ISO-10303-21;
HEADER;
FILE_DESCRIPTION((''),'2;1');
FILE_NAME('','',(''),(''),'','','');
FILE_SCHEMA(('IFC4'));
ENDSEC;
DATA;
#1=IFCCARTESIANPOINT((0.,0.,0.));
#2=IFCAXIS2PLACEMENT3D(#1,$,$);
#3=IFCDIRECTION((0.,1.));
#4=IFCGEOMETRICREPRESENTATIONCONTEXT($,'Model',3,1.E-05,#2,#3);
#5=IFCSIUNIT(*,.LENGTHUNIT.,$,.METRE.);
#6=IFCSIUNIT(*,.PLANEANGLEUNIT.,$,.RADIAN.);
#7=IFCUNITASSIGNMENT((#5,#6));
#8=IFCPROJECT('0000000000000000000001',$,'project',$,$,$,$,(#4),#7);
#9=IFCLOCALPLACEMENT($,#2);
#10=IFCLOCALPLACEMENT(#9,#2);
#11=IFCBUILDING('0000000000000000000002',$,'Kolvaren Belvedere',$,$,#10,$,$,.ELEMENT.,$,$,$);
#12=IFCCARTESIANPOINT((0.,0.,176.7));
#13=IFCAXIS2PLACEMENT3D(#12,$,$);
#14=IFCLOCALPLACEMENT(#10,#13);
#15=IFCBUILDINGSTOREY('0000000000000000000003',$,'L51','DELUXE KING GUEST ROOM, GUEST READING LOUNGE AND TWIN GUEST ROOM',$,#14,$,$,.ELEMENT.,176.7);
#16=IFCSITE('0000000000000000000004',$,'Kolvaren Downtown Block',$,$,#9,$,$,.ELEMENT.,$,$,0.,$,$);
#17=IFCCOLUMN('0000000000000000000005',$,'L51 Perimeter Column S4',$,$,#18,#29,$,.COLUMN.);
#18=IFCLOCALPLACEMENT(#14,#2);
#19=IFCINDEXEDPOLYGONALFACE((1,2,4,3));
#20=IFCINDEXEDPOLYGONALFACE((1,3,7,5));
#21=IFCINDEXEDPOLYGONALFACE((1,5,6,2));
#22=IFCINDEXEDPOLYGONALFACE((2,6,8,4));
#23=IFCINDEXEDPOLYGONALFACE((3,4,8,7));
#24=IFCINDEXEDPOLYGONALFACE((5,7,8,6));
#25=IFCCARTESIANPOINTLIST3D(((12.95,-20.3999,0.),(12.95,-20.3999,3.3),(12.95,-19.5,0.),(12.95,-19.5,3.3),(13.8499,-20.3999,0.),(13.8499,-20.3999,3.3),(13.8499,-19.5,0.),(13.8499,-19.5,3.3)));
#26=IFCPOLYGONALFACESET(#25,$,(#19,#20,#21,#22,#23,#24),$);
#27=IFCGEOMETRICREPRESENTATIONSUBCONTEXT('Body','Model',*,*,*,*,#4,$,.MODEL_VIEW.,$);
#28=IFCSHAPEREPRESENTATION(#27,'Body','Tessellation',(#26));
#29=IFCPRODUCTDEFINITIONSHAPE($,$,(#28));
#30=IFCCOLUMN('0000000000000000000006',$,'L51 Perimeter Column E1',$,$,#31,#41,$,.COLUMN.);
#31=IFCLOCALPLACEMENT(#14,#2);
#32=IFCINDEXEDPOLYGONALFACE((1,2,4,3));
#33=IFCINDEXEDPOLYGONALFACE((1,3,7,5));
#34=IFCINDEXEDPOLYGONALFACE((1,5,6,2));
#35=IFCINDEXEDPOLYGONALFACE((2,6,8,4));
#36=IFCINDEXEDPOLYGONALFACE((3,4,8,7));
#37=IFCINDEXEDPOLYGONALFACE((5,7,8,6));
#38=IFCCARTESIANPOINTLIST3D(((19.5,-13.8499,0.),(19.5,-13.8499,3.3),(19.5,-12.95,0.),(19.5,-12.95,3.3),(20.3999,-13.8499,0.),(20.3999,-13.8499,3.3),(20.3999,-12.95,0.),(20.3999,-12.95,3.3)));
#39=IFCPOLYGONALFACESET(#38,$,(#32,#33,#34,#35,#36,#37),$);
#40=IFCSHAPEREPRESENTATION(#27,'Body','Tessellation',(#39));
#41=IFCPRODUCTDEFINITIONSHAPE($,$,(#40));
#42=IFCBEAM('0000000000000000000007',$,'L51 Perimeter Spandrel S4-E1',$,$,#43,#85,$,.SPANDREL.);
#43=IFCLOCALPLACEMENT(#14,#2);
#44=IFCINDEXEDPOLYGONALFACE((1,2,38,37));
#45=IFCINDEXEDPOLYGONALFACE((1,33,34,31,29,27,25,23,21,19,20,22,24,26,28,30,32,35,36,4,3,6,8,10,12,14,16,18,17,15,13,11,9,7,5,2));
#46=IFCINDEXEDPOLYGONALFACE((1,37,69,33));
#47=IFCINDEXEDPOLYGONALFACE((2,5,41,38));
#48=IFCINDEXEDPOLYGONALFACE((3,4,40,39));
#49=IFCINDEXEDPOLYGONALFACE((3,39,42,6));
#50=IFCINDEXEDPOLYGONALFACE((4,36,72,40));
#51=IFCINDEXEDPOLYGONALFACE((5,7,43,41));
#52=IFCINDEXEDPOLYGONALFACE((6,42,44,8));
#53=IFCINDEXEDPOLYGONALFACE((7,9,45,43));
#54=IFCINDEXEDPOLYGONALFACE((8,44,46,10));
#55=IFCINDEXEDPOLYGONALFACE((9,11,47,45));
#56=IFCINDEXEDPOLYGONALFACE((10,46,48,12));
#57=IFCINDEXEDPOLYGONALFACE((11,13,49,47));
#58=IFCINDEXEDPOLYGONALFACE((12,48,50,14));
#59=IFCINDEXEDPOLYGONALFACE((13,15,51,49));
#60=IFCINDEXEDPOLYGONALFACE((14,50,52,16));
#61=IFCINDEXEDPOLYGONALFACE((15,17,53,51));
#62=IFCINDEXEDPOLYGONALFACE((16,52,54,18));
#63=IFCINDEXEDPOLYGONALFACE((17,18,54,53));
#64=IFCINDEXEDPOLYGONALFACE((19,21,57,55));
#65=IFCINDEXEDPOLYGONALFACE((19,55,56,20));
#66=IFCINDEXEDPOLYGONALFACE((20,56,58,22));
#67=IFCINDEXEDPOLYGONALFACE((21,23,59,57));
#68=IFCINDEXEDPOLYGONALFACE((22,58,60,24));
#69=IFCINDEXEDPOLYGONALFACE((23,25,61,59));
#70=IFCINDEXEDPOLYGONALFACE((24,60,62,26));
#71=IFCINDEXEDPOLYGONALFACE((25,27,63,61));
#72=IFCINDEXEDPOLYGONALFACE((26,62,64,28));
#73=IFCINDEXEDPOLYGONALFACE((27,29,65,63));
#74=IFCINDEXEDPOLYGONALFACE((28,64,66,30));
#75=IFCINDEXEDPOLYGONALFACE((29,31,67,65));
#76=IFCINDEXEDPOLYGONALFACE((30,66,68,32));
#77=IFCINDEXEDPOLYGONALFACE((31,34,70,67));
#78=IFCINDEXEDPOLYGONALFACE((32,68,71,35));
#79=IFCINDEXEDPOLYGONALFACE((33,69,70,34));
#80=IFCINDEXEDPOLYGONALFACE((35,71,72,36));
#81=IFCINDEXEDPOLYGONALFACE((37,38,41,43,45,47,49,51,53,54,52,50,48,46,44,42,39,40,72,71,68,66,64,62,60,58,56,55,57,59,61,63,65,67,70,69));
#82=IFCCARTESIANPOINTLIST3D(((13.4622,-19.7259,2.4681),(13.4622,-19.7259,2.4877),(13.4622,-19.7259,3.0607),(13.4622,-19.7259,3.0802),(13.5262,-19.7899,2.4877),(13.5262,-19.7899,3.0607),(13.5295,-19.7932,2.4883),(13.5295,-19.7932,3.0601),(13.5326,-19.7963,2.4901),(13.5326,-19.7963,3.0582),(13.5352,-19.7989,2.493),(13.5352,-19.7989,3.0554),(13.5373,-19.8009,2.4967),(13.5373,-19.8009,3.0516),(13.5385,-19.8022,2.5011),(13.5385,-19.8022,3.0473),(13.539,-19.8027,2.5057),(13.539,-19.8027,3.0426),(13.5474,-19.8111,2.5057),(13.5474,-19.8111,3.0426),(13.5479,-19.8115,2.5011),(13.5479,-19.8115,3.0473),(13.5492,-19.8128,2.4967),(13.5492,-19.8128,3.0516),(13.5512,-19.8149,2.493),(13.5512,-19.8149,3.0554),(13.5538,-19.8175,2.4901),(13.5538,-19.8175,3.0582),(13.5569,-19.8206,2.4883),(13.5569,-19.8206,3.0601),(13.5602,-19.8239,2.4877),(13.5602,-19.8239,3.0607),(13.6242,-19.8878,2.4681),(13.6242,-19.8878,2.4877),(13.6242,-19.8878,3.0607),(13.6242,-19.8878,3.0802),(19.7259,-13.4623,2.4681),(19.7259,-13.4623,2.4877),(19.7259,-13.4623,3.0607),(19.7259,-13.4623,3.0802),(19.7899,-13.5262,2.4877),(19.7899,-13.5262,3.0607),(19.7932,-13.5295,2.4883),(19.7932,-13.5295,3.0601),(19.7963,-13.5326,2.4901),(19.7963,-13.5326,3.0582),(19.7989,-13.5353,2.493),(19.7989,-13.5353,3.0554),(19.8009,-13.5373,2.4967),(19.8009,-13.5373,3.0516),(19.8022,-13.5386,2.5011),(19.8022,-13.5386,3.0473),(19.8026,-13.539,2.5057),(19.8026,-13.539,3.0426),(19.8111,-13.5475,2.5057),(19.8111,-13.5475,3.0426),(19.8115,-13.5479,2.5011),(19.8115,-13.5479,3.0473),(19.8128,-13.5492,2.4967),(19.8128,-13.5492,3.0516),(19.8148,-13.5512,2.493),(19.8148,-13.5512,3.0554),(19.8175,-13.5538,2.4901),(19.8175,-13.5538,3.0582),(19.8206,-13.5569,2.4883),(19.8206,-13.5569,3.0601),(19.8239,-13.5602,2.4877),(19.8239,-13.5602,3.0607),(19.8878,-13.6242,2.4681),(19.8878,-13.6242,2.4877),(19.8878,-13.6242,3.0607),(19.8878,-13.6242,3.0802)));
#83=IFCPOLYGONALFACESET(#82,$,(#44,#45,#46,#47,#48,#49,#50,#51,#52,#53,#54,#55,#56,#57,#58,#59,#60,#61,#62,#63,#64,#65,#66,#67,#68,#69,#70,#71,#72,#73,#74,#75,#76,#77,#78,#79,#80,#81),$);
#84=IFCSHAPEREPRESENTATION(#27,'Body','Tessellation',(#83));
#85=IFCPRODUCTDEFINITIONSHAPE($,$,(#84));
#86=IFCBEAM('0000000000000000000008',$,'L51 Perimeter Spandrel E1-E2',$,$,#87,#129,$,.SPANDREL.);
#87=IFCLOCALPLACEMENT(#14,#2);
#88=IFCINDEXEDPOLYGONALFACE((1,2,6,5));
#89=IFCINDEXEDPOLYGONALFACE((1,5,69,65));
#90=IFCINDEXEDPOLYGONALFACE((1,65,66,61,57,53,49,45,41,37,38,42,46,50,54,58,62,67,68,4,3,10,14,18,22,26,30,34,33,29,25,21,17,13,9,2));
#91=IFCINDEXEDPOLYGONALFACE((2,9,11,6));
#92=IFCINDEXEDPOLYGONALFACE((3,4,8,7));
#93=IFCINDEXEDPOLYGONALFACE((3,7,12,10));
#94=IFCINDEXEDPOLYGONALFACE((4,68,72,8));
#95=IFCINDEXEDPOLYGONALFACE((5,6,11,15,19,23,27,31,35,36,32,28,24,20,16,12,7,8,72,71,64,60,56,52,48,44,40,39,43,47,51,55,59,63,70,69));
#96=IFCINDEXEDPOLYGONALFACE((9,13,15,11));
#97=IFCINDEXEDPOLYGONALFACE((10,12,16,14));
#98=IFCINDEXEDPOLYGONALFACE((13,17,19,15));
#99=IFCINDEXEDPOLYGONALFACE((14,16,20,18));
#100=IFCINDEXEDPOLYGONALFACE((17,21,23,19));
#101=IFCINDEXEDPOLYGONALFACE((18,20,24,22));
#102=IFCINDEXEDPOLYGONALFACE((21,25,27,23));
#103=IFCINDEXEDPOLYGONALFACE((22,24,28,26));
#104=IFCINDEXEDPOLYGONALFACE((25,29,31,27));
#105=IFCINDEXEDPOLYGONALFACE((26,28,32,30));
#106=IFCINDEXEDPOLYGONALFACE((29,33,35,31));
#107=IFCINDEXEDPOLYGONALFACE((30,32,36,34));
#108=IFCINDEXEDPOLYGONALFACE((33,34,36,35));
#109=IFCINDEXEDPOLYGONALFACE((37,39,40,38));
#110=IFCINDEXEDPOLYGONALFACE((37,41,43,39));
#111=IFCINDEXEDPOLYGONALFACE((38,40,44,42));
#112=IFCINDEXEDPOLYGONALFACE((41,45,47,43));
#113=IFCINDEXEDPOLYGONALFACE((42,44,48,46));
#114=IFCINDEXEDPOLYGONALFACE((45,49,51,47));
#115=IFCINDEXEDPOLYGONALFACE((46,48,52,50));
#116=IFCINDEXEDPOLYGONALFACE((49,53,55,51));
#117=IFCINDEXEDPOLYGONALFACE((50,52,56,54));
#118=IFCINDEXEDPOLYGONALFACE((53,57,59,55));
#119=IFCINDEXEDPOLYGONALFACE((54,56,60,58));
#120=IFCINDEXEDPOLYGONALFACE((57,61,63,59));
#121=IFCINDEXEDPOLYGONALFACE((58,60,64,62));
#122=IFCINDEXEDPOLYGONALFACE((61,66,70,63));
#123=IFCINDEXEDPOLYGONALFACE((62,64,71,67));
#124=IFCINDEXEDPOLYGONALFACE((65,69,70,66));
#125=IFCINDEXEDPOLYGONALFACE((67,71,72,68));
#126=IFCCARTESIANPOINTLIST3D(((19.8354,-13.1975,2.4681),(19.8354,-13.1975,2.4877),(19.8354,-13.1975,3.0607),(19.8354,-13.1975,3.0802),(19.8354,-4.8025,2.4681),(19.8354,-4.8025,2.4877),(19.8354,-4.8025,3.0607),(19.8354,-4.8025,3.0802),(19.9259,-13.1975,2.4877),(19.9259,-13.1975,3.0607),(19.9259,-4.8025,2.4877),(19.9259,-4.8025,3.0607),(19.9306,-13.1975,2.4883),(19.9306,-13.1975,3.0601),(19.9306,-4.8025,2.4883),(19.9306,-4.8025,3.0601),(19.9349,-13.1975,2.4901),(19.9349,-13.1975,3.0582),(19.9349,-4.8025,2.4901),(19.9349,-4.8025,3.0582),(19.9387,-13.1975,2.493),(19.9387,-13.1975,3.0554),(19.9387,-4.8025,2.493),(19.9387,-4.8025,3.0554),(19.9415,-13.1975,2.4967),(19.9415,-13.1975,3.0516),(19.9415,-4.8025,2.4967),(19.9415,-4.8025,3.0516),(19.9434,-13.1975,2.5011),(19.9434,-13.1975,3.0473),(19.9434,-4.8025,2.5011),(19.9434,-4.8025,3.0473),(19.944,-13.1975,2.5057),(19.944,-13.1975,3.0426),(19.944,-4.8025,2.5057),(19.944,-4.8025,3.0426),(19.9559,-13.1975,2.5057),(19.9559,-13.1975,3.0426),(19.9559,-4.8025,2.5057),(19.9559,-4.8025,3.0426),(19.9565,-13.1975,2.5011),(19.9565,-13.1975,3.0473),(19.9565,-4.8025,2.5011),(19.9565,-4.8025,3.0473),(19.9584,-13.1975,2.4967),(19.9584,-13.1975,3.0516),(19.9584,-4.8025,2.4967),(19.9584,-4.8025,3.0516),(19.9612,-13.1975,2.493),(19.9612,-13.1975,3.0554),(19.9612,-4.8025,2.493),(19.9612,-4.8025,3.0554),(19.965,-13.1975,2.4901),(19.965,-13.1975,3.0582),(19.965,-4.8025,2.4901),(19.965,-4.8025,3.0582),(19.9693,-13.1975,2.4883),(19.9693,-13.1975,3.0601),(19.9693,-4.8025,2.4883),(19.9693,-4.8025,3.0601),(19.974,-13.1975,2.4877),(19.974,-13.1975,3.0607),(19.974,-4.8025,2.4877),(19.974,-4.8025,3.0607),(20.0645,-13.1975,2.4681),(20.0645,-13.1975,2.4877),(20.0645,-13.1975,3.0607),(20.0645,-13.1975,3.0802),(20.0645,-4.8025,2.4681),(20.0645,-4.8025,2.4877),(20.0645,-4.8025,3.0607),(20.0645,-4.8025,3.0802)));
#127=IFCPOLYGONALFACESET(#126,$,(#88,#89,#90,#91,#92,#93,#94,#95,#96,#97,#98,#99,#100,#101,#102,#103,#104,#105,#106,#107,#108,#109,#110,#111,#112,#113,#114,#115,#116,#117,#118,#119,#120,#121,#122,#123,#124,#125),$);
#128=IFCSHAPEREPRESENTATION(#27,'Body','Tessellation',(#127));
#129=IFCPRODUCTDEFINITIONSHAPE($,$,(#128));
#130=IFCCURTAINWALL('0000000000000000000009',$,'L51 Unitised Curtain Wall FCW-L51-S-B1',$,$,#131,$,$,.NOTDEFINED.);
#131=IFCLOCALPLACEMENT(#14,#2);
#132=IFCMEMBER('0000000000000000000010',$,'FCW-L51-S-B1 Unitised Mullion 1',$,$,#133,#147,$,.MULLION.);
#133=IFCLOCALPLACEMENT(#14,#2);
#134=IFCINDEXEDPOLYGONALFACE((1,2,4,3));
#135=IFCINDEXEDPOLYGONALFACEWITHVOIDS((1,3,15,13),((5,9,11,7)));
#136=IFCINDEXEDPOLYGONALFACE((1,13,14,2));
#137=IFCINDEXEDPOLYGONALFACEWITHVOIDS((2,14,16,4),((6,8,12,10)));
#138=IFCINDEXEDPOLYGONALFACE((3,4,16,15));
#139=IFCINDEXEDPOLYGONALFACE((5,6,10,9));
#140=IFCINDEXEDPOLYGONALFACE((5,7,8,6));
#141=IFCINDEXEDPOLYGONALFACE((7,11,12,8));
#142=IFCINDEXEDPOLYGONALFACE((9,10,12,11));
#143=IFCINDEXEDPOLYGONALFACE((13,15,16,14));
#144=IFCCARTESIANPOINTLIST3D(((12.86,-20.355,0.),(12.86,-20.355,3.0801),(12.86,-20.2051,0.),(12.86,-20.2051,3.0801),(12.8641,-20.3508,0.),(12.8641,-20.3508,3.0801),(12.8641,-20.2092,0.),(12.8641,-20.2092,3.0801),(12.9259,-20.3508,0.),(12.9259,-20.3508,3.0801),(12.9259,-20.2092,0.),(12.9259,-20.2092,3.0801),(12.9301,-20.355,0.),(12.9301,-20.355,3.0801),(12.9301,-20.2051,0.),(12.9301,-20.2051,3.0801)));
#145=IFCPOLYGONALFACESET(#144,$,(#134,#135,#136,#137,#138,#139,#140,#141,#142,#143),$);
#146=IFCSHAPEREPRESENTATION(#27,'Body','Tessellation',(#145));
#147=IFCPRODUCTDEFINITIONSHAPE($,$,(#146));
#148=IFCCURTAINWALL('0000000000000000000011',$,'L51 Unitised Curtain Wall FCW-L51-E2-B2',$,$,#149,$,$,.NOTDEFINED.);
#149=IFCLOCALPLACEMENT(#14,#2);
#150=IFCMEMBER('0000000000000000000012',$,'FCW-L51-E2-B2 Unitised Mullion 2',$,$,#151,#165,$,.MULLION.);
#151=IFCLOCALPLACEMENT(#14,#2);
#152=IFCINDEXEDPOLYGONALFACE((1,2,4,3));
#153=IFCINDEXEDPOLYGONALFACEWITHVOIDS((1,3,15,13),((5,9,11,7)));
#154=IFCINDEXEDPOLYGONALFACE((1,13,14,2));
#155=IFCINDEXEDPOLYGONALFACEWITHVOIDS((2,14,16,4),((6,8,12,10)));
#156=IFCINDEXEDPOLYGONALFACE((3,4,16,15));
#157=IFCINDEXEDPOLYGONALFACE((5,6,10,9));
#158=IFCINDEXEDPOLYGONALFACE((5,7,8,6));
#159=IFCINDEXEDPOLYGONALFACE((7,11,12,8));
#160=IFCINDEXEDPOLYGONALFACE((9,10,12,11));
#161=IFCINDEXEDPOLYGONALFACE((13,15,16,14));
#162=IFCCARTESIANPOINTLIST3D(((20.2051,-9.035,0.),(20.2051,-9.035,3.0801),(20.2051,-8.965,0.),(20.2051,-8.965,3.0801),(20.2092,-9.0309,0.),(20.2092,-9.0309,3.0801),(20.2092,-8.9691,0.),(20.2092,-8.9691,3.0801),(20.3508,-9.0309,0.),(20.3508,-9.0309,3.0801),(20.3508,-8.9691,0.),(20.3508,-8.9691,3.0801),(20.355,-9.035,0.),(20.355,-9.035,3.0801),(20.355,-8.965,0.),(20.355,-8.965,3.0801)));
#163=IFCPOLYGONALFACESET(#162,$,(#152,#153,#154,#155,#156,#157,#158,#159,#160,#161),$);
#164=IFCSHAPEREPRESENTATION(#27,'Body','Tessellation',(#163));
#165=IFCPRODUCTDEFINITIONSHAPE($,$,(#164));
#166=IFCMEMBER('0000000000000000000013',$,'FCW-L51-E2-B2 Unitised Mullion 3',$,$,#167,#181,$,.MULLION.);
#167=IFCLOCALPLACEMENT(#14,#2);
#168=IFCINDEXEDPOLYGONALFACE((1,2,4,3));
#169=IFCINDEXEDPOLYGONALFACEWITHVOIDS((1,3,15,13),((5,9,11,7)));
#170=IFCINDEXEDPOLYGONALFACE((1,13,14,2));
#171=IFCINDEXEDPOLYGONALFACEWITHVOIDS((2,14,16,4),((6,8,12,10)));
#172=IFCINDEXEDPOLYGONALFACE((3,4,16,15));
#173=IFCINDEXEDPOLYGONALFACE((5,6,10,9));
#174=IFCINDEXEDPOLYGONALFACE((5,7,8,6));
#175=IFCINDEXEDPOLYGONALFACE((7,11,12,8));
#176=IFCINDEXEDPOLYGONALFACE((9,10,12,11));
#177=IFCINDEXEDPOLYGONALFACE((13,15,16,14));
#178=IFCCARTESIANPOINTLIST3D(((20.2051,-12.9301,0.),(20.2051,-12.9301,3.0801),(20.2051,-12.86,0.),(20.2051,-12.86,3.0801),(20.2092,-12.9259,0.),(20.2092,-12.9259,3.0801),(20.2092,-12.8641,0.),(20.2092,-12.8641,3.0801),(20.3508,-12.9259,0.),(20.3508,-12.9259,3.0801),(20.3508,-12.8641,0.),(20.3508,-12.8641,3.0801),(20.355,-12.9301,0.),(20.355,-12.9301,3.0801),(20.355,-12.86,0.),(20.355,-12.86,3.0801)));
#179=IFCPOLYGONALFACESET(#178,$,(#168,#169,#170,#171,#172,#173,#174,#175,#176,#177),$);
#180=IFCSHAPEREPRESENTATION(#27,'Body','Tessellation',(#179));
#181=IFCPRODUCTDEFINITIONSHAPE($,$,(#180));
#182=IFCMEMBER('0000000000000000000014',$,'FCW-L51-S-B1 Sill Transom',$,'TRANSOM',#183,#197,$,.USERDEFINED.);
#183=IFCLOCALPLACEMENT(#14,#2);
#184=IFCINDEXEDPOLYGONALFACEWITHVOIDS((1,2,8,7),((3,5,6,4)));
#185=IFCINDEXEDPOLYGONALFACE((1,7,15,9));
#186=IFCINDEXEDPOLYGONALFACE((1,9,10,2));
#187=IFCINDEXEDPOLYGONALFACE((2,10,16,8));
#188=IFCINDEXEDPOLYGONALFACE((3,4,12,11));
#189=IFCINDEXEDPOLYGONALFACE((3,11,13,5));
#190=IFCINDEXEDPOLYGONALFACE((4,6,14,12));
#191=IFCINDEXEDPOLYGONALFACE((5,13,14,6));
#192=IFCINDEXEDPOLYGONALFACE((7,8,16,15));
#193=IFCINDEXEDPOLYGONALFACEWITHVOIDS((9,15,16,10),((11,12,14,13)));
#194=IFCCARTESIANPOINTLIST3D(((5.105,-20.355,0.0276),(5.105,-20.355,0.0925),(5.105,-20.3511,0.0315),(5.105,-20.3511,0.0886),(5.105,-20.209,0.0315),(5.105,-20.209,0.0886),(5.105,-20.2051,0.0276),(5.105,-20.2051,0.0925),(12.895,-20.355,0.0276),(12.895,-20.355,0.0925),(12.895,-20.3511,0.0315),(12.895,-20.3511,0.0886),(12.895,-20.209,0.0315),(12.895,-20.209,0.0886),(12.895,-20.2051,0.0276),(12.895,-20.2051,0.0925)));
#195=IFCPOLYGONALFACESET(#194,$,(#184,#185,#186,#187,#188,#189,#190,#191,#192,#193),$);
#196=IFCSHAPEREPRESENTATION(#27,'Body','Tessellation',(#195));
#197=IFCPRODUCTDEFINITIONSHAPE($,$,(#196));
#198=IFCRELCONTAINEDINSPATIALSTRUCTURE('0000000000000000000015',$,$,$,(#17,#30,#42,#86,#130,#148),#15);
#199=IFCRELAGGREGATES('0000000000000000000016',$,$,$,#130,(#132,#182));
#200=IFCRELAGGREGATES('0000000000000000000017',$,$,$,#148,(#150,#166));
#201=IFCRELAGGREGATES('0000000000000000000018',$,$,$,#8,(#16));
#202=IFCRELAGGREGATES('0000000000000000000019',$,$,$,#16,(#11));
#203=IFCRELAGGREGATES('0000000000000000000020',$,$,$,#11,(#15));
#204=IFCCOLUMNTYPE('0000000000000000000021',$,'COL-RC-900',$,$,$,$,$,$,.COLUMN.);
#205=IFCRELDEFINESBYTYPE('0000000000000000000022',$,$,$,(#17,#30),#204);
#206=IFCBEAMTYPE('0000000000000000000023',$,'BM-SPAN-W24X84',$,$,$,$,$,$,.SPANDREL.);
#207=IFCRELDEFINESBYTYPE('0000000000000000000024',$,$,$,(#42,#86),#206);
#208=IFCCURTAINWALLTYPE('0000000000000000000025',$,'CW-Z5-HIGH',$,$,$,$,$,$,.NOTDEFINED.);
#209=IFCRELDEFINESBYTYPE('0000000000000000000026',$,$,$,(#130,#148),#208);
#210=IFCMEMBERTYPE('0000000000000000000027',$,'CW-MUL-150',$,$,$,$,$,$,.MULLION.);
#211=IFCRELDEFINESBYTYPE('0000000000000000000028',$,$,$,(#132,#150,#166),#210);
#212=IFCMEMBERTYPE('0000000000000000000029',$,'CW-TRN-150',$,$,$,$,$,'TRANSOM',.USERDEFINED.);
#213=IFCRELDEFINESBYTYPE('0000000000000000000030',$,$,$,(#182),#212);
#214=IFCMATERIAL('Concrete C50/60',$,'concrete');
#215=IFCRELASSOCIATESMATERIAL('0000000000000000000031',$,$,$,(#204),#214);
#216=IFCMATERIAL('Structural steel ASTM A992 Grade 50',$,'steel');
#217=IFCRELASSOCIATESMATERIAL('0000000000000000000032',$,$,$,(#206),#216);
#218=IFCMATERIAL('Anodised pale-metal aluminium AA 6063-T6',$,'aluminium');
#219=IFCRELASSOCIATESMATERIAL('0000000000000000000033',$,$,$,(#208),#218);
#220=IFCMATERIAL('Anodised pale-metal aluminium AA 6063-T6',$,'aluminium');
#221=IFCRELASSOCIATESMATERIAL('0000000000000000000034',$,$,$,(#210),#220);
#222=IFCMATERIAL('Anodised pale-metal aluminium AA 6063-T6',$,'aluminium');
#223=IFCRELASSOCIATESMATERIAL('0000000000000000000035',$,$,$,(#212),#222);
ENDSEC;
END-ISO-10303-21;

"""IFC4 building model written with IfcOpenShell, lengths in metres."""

from ifc_helpers import new_model, si_unit, direction, frame, origin, origin_2d, place, context, subcontext, project, spatial, rectangle, hollow_rectangle, i_section, extrude, material, material_profile, profile_set, type_object, element, aggregate, save


model = new_model("IFC4")

# Units and contexts
model_context = context("Model", 3, precision=1e-05, world=origin(), true_north=direction((0.0, 1.0)))
body_context = subcontext(model_context, "Body", "Model", "MODEL_VIEW")
ifc_project = project(units=[si_unit("LENGTHUNIT", "METRE"), si_unit("PLANEANGLEUNIT", "RADIAN")], contexts=[model_context])

# Site, building, storey
site_placement = place(None, origin())
site = spatial("IfcSite", under=ifc_project, at=site_placement, Name="Kolvaren Downtown Block", CompositionType="ELEMENT", RefElevation=0.0)
building_placement = place(site_placement, origin())
building = spatial("IfcBuilding", under=site, at=building_placement, Name="Kolvaren Belvedere", CompositionType="ELEMENT")
storey_placement = place(building_placement, frame((0.0, 0.0, 176.7)))
storey = spatial("IfcBuildingStorey", under=building, at=storey_placement, Name="L51", Description="DELUXE KING GUEST ROOM, GUEST READING LOUNGE AND TWIN GUEST ROOM", CompositionType="ELEMENT", Elevation=176.7)

# Columns
ifc_material_1 = material(Name="Concrete C50/60", Category="concrete")
ifc_material_profile_1 = material_profile(ifc_material_1, rectangle(XDim=0.8999, YDim=0.8999, at=origin_2d()), Name="RC 900X900")
ifc_profile_set_1 = profile_set([ifc_material_profile_1], Name="Concrete C50/60")
column_type = type_object("IfcColumnType", Name="COL-RC-900", PredefinedType="COLUMN", material=ifc_profile_set_1)
for number, where, z_axis, x_axis, name in (
    (1, (13.3999, -19.95, 0.0), (0.0, 0.0, 1.0), (1.0, 0.0, 0.0), "L51 Perimeter Column S4"),
    (2, (19.95, -13.3999, 0.0), (0.0, 0.0, 1.0), (1.0, 0.0, 0.0), "L51 Perimeter Column E1"),
):
    element("IfcColumn", number, at=place(storey_placement, frame(where, z_axis=z_axis, x_axis=x_axis)), inside=storey, type_object=column_type, Name=name, PredefinedType="COLUMN", context=body_context, shape_type="SweptSolid", body=[
        extrude(rectangle(XDim=0.8999, YDim=0.8999, at=origin_2d()), origin(), (0.0, 0.0, 1.0), 3.3),
    ])

# Beams
ifc_material_2 = material(Name="Structural steel ASTM A992 Grade 50", Category="steel")
ifc_material_profile_2 = material_profile(ifc_material_2, i_section(OverallWidth=0.229, OverallDepth=0.6121, WebThickness=0.012, FlangeThickness=0.0195, FilletRadius=0.0181, at=origin_2d()), Name="W24X84")
ifc_profile_set_2 = profile_set([ifc_material_profile_2], Name="Structural steel ASTM A992 Grade 50")
beam_type = type_object("IfcBeamType", Name="BM-SPAN-W24X84", PredefinedType="SPANDREL", material=ifc_profile_set_2)
beam_1_placement = place(storey_placement, frame((13.5432, -19.8069, 2.7742), z_axis=(0.707107, 0.707107, 0.0), x_axis=(-0.707107, 0.707107, 0.0)))
element("IfcBeam", 3, at=beam_1_placement, inside=storey, type_object=beam_type, Name="L51 Perimeter Spandrel S4-E1", PredefinedType="SPANDREL", context=body_context, shape_type="SweptSolid", body=[
    extrude(i_section(OverallWidth=0.229, OverallDepth=0.6121, WebThickness=0.012, FlangeThickness=0.0195, FilletRadius=0.0181, at=origin_2d()), origin(), (0.0, 0.0, 1.0), 8.8582),
])
beam_2_placement = place(storey_placement, frame((19.95, -13.1975, 2.7742), z_axis=(0.0, 1.0, 0.0), x_axis=(-1.0, 0.0, 0.0)))
element("IfcBeam", 4, at=beam_2_placement, inside=storey, type_object=beam_type, Name="L51 Perimeter Spandrel E1-E2", PredefinedType="SPANDREL", context=body_context, shape_type="SweptSolid", body=[
    extrude(i_section(OverallWidth=0.229, OverallDepth=0.6121, WebThickness=0.012, FlangeThickness=0.0195, FilletRadius=0.0181, at=origin_2d()), origin(), (0.0, 0.0, 1.0), 8.395),
])

# Curtain wall, member
ifc_material_3 = material(Name="Anodised pale-metal aluminium AA 6063-T6", Category="aluminium")
curtain_wall_type = type_object("IfcCurtainWallType", Name="CW-Z5-HIGH", PredefinedType="NOTDEFINED", material=ifc_material_3)
curtain_wall_1_placement = place(storey_placement, origin())
curtain_wall_1 = element("IfcCurtainWall", 5, at=curtain_wall_1_placement, inside=storey, type_object=curtain_wall_type, Name="L51 Unitised Curtain Wall FCW-L51-S-B1", PredefinedType="NOTDEFINED")
ifc_material_4 = material(Name="Anodised pale-metal aluminium AA 6063-T6", Category="aluminium")
ifc_material_profile_3 = material_profile(ifc_material_4, hollow_rectangle(XDim=0.0701, YDim=0.1499, WallThickness=0.0042, at=origin_2d()), Name="ALU-MUL-150X70")
ifc_profile_set_3 = profile_set([ifc_material_profile_3], Name="Anodised pale-metal aluminium AA 6063-T6")
member_type_1 = type_object("IfcMemberType", Name="CW-MUL-150", PredefinedType="MULLION", material=ifc_profile_set_3)
member_1_placement = place(storey_placement, frame((12.895, -20.28, 0.0), z_axis=(0.0, 0.0, 1.0), x_axis=(1.0, 0.0, 0.0)))
member_1 = element("IfcMember", 6, at=member_1_placement, type_object=member_type_1, Name="FCW-L51-S-B1 Unitised Mullion 1", PredefinedType="MULLION", context=body_context, shape_type="SweptSolid", body=[
    extrude(hollow_rectangle(XDim=0.0701, YDim=0.1499, WallThickness=0.0042, at=origin_2d()), origin(), (0.0, 0.0, 1.0), 3.0801),
])

# Curtain wall, members
curtain_wall_2_placement = place(storey_placement, origin())
curtain_wall_2 = element("IfcCurtainWall", 7, at=curtain_wall_2_placement, inside=storey, type_object=curtain_wall_type, Name="L51 Unitised Curtain Wall FCW-L51-E2-B2", PredefinedType="NOTDEFINED")
member_2_placement = place(storey_placement, frame((20.28, -9.0, 0.0), z_axis=(0.0, 0.0, 1.0), x_axis=(0.0, 1.0, 0.0)))
member_2 = element("IfcMember", 8, at=member_2_placement, type_object=member_type_1, Name="FCW-L51-E2-B2 Unitised Mullion 2", PredefinedType="MULLION", context=body_context, shape_type="SweptSolid", body=[
    extrude(hollow_rectangle(XDim=0.0701, YDim=0.1499, WallThickness=0.0042, at=origin_2d()), origin(), (0.0, 0.0, 1.0), 3.0801),
])
member_3_placement = place(storey_placement, frame((20.28, -12.895, 0.0), z_axis=(0.0, 0.0, 1.0), x_axis=(0.0, 1.0, 0.0)))
member_3 = element("IfcMember", 9, at=member_3_placement, type_object=member_type_1, Name="FCW-L51-E2-B2 Unitised Mullion 3", PredefinedType="MULLION", context=body_context, shape_type="SweptSolid", body=[
    extrude(hollow_rectangle(XDim=0.0701, YDim=0.1499, WallThickness=0.0042, at=origin_2d()), origin(), (0.0, 0.0, 1.0), 3.0801),
])

# Member
ifc_material_5 = material(Name="Anodised pale-metal aluminium AA 6063-T6", Category="aluminium")
ifc_material_profile_4 = material_profile(ifc_material_5, hollow_rectangle(XDim=0.0649, YDim=0.1499, WallThickness=0.0039, at=origin_2d()), Name="ALU-TRN-150X65")
ifc_profile_set_4 = profile_set([ifc_material_profile_4], Name="Anodised pale-metal aluminium AA 6063-T6")
member_type_2 = type_object("IfcMemberType", Name="CW-TRN-150", ElementType="TRANSOM", PredefinedType="USERDEFINED", material=ifc_profile_set_4)
member_4_placement = place(storey_placement, frame((12.895, -20.28, 0.0601), z_axis=(-1.0, 0.0, 0.0), x_axis=(0.0, 0.0, 1.0)))
member_4 = element("IfcMember", 10, at=member_4_placement, type_object=member_type_2, Name="FCW-L51-S-B1 Sill Transom", ObjectType="TRANSOM", PredefinedType="USERDEFINED", context=body_context, shape_type="SweptSolid", body=[
    extrude(hollow_rectangle(XDim=0.0649, YDim=0.1499, WallThickness=0.0039, at=origin_2d()), origin(), (0.0, 0.0, 1.0), 7.79),
])

aggregate(curtain_wall_1, [member_1, member_4])
aggregate(curtain_wall_2, [member_2, member_3])

save(model, "model.ifc")
